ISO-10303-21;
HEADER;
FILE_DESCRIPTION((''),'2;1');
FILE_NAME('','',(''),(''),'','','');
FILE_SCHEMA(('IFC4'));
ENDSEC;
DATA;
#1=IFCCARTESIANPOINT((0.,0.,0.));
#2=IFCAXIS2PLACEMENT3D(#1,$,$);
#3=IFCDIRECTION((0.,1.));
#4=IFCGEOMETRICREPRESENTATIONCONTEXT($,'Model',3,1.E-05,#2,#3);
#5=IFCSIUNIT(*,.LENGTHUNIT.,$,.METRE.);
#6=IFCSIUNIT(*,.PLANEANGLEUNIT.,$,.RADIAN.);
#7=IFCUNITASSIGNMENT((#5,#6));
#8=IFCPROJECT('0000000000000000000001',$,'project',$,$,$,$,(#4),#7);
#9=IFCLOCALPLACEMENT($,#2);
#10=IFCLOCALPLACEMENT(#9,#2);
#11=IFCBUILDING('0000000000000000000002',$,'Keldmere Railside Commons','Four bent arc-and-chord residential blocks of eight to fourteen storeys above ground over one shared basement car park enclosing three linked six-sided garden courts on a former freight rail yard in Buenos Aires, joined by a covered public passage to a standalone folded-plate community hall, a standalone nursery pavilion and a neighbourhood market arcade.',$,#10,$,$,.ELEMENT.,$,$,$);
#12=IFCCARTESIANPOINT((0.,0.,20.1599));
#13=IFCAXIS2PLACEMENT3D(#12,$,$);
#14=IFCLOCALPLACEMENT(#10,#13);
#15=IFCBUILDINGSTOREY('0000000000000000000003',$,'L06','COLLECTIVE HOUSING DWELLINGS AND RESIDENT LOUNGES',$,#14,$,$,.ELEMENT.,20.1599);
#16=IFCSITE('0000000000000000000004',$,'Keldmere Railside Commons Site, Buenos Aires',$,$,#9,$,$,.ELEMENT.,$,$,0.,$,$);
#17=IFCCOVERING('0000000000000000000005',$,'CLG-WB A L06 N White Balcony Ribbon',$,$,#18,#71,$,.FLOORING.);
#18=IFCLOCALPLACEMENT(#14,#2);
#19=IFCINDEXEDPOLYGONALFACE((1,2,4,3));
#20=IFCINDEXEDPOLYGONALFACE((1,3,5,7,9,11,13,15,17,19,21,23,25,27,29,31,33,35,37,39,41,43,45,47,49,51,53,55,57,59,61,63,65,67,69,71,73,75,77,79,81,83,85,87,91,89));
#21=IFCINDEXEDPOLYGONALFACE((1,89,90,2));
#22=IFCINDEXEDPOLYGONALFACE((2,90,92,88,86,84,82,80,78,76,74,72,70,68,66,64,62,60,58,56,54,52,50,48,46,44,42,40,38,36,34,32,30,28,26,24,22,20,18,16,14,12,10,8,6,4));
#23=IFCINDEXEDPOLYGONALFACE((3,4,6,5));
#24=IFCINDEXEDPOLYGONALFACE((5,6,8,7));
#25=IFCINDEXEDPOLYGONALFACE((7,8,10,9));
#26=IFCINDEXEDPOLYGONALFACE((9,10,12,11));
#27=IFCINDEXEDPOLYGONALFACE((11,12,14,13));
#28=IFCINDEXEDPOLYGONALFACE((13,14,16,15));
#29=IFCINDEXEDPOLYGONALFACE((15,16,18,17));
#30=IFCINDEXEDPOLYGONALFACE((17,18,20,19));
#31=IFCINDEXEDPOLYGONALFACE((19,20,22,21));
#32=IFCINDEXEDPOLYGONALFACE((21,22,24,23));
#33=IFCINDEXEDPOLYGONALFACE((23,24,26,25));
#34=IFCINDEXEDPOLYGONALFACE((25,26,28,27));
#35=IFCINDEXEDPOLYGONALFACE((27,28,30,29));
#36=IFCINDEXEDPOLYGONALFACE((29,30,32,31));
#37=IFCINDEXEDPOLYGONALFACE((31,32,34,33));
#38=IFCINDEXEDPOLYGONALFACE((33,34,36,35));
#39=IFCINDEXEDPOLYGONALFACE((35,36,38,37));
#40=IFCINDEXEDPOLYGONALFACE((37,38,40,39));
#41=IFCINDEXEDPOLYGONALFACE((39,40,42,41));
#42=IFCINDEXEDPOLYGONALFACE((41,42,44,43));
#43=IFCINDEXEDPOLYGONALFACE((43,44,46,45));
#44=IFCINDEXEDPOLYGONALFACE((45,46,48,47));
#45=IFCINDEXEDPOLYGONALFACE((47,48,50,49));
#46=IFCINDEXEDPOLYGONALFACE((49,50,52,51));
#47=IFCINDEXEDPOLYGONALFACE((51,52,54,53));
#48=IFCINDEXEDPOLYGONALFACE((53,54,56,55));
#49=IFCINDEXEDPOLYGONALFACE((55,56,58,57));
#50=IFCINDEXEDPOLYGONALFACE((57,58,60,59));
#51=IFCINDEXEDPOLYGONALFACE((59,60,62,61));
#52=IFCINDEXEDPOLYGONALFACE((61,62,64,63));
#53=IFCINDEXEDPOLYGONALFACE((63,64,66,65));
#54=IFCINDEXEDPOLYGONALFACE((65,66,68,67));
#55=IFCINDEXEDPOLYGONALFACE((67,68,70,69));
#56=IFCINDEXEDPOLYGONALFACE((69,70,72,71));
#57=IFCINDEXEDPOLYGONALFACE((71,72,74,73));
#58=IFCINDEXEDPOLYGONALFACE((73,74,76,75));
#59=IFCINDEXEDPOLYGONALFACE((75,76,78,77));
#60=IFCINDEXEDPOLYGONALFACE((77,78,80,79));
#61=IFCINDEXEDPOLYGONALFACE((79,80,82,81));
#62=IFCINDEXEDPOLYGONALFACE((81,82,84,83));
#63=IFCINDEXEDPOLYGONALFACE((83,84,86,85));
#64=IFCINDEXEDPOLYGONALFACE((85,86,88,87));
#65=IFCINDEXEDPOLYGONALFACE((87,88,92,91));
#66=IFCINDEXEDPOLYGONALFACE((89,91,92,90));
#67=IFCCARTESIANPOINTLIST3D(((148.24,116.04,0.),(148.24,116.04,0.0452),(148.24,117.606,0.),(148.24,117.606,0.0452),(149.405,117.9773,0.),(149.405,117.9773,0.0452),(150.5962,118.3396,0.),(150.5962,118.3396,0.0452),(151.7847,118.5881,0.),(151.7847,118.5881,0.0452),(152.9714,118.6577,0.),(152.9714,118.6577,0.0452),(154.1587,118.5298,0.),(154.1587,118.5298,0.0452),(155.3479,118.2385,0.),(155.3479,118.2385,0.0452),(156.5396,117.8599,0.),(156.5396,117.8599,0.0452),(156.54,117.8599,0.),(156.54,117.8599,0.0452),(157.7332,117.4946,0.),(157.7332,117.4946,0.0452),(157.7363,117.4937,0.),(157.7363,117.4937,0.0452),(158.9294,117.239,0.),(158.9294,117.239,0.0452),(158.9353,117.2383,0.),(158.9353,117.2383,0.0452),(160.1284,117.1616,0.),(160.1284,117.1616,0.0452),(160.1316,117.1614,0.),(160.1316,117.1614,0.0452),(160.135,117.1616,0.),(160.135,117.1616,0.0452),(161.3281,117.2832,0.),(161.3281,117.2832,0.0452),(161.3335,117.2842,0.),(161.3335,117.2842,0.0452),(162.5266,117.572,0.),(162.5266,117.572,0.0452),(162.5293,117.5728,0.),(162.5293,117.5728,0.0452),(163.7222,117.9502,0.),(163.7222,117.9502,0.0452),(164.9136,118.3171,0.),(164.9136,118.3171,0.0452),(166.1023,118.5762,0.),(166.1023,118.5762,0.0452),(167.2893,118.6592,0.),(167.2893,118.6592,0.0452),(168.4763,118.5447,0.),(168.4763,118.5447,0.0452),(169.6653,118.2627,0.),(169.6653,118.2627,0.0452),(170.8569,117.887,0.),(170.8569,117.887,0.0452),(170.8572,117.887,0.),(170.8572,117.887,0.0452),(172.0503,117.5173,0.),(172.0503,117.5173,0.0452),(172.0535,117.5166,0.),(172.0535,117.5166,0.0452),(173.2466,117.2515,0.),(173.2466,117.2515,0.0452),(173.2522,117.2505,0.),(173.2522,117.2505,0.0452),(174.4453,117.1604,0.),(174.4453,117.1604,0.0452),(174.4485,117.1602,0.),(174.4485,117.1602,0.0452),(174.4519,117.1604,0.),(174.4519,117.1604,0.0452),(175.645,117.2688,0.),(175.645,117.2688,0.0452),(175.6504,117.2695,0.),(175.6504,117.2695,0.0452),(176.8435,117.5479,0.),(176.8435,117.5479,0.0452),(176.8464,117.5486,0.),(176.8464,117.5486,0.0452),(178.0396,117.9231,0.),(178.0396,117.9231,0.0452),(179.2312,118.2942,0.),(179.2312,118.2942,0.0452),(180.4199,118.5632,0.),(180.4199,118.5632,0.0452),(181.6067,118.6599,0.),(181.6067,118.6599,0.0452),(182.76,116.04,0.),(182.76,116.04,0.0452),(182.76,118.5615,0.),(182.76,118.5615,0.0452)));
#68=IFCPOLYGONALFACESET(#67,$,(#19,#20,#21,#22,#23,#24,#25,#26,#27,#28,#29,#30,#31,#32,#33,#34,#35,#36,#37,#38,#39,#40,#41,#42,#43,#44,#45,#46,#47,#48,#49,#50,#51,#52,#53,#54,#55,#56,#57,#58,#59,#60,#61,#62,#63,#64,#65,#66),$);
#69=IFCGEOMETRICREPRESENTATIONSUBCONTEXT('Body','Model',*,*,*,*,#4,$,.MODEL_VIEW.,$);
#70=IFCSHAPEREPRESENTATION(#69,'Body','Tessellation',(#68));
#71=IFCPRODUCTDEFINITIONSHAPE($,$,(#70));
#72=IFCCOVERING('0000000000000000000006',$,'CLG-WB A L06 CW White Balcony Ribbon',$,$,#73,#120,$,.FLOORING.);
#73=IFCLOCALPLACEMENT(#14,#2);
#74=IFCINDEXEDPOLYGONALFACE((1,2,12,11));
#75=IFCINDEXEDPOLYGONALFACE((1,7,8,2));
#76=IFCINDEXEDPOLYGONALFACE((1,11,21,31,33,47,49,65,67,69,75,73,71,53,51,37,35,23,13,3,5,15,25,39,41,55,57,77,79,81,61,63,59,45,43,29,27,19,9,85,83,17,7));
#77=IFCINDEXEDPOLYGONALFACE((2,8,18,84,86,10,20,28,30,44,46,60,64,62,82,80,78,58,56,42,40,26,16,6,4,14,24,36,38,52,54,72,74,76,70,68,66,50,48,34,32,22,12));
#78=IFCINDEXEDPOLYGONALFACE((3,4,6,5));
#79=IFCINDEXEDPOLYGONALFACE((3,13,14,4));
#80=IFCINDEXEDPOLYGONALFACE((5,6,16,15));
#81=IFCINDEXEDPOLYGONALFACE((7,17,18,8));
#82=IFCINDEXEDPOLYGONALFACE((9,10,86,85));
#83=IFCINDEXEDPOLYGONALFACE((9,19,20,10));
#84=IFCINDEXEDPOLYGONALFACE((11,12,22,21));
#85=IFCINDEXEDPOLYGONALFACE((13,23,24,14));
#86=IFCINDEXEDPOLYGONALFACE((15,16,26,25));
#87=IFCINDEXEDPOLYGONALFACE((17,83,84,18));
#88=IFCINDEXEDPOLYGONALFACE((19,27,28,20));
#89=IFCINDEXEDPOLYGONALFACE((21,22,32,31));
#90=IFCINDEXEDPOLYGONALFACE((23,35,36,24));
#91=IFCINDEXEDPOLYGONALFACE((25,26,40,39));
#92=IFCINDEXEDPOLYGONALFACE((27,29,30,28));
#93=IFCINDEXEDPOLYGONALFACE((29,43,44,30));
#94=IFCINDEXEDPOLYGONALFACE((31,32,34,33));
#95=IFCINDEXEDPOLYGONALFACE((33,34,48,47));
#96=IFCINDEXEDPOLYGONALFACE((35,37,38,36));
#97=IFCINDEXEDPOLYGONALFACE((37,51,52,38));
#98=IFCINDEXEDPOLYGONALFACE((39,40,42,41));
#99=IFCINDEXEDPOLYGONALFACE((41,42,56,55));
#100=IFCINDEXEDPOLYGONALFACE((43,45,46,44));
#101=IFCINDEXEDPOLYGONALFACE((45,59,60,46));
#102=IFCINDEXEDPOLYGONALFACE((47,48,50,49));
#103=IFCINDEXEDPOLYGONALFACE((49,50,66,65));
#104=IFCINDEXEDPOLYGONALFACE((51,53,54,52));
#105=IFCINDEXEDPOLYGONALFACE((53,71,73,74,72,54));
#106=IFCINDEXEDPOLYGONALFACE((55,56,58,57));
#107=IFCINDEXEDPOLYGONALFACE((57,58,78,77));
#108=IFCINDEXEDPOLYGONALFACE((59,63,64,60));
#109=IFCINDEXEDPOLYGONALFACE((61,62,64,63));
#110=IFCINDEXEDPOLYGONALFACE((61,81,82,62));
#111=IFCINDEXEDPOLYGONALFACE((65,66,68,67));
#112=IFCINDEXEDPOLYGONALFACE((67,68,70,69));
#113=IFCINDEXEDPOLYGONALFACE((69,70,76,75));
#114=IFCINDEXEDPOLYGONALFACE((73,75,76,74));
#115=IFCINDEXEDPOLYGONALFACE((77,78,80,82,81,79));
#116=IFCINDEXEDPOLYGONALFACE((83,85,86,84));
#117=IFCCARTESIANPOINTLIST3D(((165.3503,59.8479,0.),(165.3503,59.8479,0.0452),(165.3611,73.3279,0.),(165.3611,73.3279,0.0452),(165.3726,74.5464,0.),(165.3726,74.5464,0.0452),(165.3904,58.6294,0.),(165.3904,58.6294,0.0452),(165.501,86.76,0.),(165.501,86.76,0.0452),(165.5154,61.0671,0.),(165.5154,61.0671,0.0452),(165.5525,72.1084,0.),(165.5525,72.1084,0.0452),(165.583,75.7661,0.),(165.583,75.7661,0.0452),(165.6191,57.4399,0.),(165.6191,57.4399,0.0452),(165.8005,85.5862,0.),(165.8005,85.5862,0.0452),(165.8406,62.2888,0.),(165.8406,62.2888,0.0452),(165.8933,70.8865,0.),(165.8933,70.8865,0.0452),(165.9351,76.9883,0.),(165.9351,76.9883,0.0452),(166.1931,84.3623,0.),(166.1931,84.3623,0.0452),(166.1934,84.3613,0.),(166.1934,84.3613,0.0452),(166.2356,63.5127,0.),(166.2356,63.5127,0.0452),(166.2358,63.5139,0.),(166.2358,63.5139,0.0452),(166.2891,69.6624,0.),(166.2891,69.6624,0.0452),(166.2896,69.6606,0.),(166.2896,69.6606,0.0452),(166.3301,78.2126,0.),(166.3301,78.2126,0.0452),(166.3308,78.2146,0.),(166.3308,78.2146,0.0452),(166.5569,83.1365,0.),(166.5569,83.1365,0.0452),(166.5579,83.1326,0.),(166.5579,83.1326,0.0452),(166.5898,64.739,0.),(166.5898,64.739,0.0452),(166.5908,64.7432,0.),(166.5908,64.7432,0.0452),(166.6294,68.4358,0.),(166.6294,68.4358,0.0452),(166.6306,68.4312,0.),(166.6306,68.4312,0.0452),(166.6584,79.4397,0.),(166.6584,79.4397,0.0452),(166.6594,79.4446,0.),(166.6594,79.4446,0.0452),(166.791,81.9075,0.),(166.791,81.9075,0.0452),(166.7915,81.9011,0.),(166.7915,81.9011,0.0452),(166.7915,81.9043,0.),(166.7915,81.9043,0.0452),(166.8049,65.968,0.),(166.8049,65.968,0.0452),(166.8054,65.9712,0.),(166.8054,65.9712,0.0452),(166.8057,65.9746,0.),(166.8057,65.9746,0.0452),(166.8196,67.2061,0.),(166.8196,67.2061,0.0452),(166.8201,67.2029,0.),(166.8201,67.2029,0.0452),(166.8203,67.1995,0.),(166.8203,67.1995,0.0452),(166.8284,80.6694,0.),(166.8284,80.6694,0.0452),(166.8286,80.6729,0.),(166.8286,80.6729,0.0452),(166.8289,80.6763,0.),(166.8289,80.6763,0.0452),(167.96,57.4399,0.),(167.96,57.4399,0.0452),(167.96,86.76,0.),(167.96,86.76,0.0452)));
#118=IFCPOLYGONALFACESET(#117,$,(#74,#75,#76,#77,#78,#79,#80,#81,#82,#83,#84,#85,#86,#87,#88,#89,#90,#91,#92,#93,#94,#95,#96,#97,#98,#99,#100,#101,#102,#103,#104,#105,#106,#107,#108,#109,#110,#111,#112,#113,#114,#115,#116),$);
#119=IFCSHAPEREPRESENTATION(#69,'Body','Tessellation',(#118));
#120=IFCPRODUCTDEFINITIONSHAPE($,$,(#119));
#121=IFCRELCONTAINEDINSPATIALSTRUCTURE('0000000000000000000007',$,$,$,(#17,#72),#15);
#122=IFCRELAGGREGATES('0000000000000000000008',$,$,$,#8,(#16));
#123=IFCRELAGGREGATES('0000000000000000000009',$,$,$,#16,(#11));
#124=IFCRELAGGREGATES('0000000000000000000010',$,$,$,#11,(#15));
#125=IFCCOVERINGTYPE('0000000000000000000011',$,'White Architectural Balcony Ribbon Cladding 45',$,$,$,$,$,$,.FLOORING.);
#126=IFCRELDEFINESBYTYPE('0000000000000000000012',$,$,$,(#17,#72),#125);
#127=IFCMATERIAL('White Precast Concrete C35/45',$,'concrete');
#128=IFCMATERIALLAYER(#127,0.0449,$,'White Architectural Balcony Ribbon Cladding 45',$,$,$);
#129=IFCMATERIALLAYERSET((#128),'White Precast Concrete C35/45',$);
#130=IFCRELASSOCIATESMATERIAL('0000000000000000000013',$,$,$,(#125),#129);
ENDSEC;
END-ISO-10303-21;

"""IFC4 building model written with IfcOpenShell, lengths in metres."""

from ifc_helpers import new_model, si_unit, direction, frame, origin, place, context, subcontext, project, spatial, polyline, outline, extrude, material, layer, layer_set, type_object, element, save


model = new_model("IFC4")

# Units and contexts
model_context = context("Model", 3, precision=1e-05, world=origin(), true_north=direction((0.0, 1.0)))
body_context = subcontext(model_context, "Body", "Model", "MODEL_VIEW")
ifc_project = project(units=[si_unit("LENGTHUNIT", "METRE"), si_unit("PLANEANGLEUNIT", "RADIAN")], contexts=[model_context])

# Site, building, storey
site_placement = place(None, origin())
site = spatial("IfcSite", under=ifc_project, at=site_placement, Name="Keldmere Railside Commons Site, Buenos Aires", CompositionType="ELEMENT", RefElevation=0.0)
building_placement = place(site_placement, origin())
building = spatial("IfcBuilding", under=site, at=building_placement, Name="Keldmere Railside Commons", Description="Four bent arc-and-chord residential blocks of eight to fourteen storeys above ground over one shared basement car park enclosing three linked six-sided garden courts on a former freight rail yard in Buenos Aires, joined by a covered public passage to a standalone folded-plate community hall, a standalone nursery pavilion and a neighbourhood market arcade.", CompositionType="ELEMENT")
storey_placement = place(building_placement, frame((0.0, 0.0, 20.1599)))
storey = spatial("IfcBuildingStorey", under=building, at=storey_placement, Name="L06", Description="COLLECTIVE HOUSING DWELLINGS AND RESIDENT LOUNGES", CompositionType="ELEMENT", Elevation=20.1599)

# Coverings
ifc_material_1 = material(Name="White Precast Concrete C35/45", Category="concrete")
ifc_layer_1 = layer(ifc_material_1, 0.0449, Name="White Architectural Balcony Ribbon Cladding 45")
ifc_layer_set_1 = layer_set([ifc_layer_1], Name="White Precast Concrete C35/45")
covering_type_1 = type_object("IfcCoveringType", Name="White Architectural Balcony Ribbon Cladding 45", PredefinedType="FLOORING", material=ifc_layer_set_1)
covering_1_placement = place(storey_placement, origin())
element("IfcCovering", 1, at=covering_1_placement, inside=storey, type_object=covering_type_1, Name="CLG-WB A L06 N White Balcony Ribbon", PredefinedType="FLOORING", context=body_context, shape_type="SweptSolid", body=[
    extrude(outline(polyline([(182.76, 116.04), (182.76, 118.5615), (181.6067, 118.6599), (180.4199, 118.5632), (179.2312, 118.2942), (178.0396, 117.9231), (176.8464, 117.5486), (176.8435, 117.5479), (175.6504, 117.2695), (175.645, 117.2688), (174.4519, 117.1604), (174.4485, 117.1602), (174.4453, 117.1604), (173.2522, 117.2505), (173.2466, 117.2515), (172.0535, 117.5166), (172.0503, 117.5173), (170.8572, 117.887), (170.8569, 117.887), (169.6653, 118.2627), (168.4763, 118.5447), (167.2893, 118.6592), (166.1023, 118.5762), (164.9136, 118.3171), (163.7222, 117.9502), (162.5293, 117.5728), (162.5266, 117.572), (161.3335, 117.2842), (161.3281, 117.2832), (160.135, 117.1616), (160.1316, 117.1614), (160.1284, 117.1616), (158.9353, 117.2383), (158.9294, 117.239), (157.7363, 117.4937), (157.7332, 117.4946), (156.54, 117.8599), (156.5396, 117.8599), (155.3479, 118.2385), (154.1587, 118.5298), (152.9714, 118.6577), (151.7847, 118.5881), (150.5962, 118.3396), (149.405, 117.9773), (148.24, 117.606), (148.24, 116.04), (182.76, 116.04)])), origin(), (0.0, 0.0, 1.0), 0.0452),
])
covering_2_placement = place(storey_placement, origin())
element("IfcCovering", 2, at=covering_2_placement, inside=storey, type_object=covering_type_1, Name="CLG-WB A L06 CW White Balcony Ribbon", PredefinedType="FLOORING", context=body_context, shape_type="SweptSolid", body=[
    extrude(outline(polyline([(167.96, 86.76), (165.501, 86.76), (165.8005, 85.5862), (166.1931, 84.3623), (166.1934, 84.3613), (166.5569, 83.1365), (166.5579, 83.1326), (166.791, 81.9075), (166.7915, 81.9043), (166.7915, 81.9011), (166.8289, 80.6763), (166.8286, 80.6729), (166.8284, 80.6694), (166.6594, 79.4446), (166.6584, 79.4397), (166.3308, 78.2146), (166.3301, 78.2126), (165.9351, 76.9883), (165.583, 75.7661), (165.3726, 74.5464), (165.3611, 73.3279), (165.5525, 72.1084), (165.8933, 70.8865), (166.2891, 69.6624), (166.2896, 69.6606), (166.6294, 68.4358), (166.6306, 68.4312), (166.8196, 67.2061), (166.8201, 67.2029), (166.8203, 67.1995), (166.8057, 65.9746), (166.8054, 65.9712), (166.8049, 65.968), (166.5908, 64.7432), (166.5898, 64.739), (166.2358, 63.5139), (166.2356, 63.5127), (165.8406, 62.2888), (165.5154, 61.0671), (165.3503, 59.8479), (165.3904, 58.6294), (165.6191, 57.4399), (167.96, 57.4399), (167.96, 86.76)])), origin(), (0.0, 0.0, 1.0), 0.0452),
])

save(model, "model.ifc")
